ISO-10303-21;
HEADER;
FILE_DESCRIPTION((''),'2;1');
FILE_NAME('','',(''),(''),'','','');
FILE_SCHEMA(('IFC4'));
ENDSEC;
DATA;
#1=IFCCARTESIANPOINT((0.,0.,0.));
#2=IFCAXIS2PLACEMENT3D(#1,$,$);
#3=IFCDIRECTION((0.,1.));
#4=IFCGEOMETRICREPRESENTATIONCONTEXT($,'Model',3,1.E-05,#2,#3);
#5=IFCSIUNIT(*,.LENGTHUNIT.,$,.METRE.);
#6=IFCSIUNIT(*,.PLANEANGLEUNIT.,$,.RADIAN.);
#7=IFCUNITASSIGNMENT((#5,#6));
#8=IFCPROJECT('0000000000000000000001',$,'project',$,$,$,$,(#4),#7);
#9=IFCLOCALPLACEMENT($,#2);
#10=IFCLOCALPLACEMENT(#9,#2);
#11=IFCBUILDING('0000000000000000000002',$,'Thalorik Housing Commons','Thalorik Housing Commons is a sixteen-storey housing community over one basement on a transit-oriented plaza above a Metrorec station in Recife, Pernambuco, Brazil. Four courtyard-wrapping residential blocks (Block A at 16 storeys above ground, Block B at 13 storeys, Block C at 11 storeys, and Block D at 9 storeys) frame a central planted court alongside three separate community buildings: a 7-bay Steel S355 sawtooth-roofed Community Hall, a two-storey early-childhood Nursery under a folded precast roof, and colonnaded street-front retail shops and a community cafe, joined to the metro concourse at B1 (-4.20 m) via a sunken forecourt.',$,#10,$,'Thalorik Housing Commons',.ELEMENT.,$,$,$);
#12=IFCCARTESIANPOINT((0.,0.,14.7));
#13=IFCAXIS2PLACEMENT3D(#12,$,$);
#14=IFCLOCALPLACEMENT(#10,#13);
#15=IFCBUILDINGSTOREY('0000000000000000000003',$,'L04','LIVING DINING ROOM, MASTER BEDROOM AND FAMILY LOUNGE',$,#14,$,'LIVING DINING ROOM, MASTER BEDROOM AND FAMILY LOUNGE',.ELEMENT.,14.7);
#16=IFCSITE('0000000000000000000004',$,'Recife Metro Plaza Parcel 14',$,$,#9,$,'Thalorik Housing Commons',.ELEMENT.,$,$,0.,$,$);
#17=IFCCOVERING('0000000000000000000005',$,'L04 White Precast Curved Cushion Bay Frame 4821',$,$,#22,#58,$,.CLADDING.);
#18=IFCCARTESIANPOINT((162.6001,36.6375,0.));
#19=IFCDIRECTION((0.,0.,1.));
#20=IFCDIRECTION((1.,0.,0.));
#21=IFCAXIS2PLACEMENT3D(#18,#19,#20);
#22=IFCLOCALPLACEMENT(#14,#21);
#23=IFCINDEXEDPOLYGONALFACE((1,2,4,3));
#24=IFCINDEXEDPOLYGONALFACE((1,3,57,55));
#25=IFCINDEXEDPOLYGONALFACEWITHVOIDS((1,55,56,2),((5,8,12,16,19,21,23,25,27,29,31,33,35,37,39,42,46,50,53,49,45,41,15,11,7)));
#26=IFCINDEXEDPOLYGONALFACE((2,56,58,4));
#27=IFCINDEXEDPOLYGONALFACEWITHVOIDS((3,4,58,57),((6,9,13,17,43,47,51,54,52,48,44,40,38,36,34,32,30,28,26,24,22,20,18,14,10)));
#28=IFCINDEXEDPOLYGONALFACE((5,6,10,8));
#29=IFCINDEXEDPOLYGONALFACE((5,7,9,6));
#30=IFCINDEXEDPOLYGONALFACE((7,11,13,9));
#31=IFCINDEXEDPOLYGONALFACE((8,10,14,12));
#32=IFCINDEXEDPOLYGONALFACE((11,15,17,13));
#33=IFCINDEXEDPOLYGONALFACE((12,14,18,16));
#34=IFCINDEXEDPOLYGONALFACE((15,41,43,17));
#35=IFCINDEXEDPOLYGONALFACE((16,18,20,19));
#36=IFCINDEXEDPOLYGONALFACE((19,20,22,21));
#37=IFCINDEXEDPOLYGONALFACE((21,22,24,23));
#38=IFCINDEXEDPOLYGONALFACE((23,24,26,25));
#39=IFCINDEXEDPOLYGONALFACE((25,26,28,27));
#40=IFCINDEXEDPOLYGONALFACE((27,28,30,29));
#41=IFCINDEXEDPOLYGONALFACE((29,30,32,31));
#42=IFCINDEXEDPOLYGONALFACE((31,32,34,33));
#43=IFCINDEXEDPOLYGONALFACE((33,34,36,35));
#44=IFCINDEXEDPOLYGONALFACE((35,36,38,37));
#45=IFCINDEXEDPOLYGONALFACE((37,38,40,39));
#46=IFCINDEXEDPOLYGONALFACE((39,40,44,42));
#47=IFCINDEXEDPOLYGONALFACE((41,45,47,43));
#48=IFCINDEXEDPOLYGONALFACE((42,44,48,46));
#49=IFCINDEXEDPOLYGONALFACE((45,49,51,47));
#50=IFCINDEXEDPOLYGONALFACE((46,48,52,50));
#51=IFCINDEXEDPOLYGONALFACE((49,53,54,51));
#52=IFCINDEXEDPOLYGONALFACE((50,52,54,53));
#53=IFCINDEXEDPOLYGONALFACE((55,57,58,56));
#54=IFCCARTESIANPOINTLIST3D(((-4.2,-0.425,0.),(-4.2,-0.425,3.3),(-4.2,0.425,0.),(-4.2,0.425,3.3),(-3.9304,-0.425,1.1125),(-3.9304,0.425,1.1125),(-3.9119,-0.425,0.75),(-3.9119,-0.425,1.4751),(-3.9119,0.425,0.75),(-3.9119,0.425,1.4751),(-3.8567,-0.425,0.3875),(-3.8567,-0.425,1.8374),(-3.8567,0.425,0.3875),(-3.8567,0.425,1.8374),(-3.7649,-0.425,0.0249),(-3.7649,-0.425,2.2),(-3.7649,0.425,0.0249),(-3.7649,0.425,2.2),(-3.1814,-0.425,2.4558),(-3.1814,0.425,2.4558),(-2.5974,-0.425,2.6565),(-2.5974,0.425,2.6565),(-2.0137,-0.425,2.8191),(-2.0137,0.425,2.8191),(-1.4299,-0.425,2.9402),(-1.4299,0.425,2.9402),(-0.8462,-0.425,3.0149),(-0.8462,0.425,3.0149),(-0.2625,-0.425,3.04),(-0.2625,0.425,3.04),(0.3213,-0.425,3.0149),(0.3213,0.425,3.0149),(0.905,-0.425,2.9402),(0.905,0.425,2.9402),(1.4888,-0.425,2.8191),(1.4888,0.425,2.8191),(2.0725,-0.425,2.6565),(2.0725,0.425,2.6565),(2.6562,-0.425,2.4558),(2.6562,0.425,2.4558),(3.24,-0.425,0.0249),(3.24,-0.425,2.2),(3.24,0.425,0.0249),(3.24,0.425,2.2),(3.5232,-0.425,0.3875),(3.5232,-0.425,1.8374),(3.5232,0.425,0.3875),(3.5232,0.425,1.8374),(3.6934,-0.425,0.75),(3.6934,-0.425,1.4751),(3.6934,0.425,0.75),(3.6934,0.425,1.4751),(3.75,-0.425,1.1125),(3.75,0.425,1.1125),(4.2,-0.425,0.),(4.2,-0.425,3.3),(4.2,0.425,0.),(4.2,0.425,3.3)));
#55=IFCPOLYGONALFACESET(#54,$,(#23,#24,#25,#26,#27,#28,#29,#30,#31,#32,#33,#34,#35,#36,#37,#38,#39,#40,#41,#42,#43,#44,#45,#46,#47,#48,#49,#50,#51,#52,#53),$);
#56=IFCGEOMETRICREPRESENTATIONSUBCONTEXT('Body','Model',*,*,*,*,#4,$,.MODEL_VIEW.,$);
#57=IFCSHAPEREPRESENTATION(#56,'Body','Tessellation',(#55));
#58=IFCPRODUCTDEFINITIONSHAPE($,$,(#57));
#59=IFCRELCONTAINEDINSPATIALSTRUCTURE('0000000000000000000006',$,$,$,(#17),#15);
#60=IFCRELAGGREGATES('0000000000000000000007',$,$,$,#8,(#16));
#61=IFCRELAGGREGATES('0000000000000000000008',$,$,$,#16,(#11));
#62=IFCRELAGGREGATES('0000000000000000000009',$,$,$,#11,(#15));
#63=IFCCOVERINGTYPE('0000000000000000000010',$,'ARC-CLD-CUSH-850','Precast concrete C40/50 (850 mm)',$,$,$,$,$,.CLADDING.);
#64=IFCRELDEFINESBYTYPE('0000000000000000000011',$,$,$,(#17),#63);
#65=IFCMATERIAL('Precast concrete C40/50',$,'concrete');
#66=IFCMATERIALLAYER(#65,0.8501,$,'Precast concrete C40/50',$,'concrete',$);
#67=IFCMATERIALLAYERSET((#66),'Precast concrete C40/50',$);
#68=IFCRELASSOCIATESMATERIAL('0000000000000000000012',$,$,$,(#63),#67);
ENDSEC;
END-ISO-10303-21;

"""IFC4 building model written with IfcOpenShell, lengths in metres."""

from ifc_helpers import new_model, si_unit, direction, frame, origin, place, context, subcontext, project, spatial, polyline, outline, extrude, material, layer, layer_set, type_object, element, save


model = new_model("IFC4")

# Units and contexts
model_context = context("Model", 3, precision=1e-05, world=origin(), true_north=direction((0.0, 1.0)))
body_context = subcontext(model_context, "Body", "Model", "MODEL_VIEW")
ifc_project = project(units=[si_unit("LENGTHUNIT", "METRE"), si_unit("PLANEANGLEUNIT", "RADIAN")], contexts=[model_context])

# Site, building, storey
site_placement = place(None, origin())
site = spatial("IfcSite", under=ifc_project, at=site_placement, Name="Recife Metro Plaza Parcel 14", LongName="Thalorik Housing Commons", CompositionType="ELEMENT", RefElevation=0.0)
building_placement = place(site_placement, origin())
building = spatial("IfcBuilding", under=site, at=building_placement, Name="Thalorik Housing Commons", Description="Thalorik Housing Commons is a sixteen-storey housing community over one basement on a transit-oriented plaza above a Metrorec station in Recife, Pernambuco, Brazil. Four courtyard-wrapping residential blocks (Block A at 16 storeys above ground, Block B at 13 storeys, Block C at 11 storeys, and Block D at 9 storeys) frame a central planted court alongside three separate community buildings: a 7-bay Steel S355 sawtooth-roofed Community Hall, a two-storey early-childhood Nursery under a folded precast roof, and colonnaded street-front retail shops and a community cafe, joined to the metro concourse at B1 (-4.20 m) via a sunken forecourt.", LongName="Thalorik Housing Commons", CompositionType="ELEMENT")
storey_placement = place(building_placement, frame((0.0, 0.0, 14.7)))
storey = spatial("IfcBuildingStorey", under=building, at=storey_placement, Name="L04", Description="LIVING DINING ROOM, MASTER BEDROOM AND FAMILY LOUNGE", LongName="LIVING DINING ROOM, MASTER BEDROOM AND FAMILY LOUNGE", CompositionType="ELEMENT", Elevation=14.7)

# Shared definitions
ifc_material_1 = material(Name="Precast concrete C40/50", Category="concrete")

# Covering
ifc_layer_1 = layer(ifc_material_1, 0.8501, Name="Precast concrete C40/50", Category="concrete")
ifc_layer_set_1 = layer_set([ifc_layer_1], Name="Precast concrete C40/50")
covering_type_1 = type_object("IfcCoveringType", Name="ARC-CLD-CUSH-850", Description="Precast concrete C40/50 (850 mm)", PredefinedType="CLADDING", material=ifc_layer_set_1)
covering_1_placement = place(storey_placement, frame((162.6001, 36.6375, 0.0), z_axis=(0.0, 0.0, 1.0), x_axis=(1.0, 0.0, 0.0)))
element("IfcCovering", 1, at=covering_1_placement, inside=storey, type_object=covering_type_1, Name="L04 White Precast Curved Cushion Bay Frame 4821", PredefinedType="CLADDING", context=body_context, shape_type="SweptSolid", body=[
    extrude(outline(polyline([(-4.2, 0.0), (4.2, 0.0), (4.2, 3.3), (-4.2, 3.3), (-4.2, 0.0)]), holes=[polyline([(3.24, 0.0249), (3.5232, 0.3875), (3.6934, 0.75), (3.75, 1.1125), (3.6934, 1.4751), (3.5232, 1.8374), (3.24, 2.2), (2.6562, 2.4558), (2.0725, 2.6565), (1.4888, 2.8191), (0.905, 2.9402), (0.3213, 3.0149), (-0.2625, 3.04), (-0.8462, 3.0149), (-1.4299, 2.9402), (-2.0137, 2.8191), (-2.5974, 2.6565), (-3.1814, 2.4558), (-3.7649, 2.2), (-3.8567, 1.8374), (-3.9119, 1.4751), (-3.9304, 1.1125), (-3.9119, 0.75), (-3.8567, 0.3875), (-3.7649, 0.0249), (3.24, 0.0249)])]), frame((0.0, 0.425, 0.0), z_axis=(0.0, -1.0, 0.0), x_axis=(1.0, 0.0, 0.0)), (0.0, 0.0, 1.0), 0.8501),
])

save(model, "model.ifc")
